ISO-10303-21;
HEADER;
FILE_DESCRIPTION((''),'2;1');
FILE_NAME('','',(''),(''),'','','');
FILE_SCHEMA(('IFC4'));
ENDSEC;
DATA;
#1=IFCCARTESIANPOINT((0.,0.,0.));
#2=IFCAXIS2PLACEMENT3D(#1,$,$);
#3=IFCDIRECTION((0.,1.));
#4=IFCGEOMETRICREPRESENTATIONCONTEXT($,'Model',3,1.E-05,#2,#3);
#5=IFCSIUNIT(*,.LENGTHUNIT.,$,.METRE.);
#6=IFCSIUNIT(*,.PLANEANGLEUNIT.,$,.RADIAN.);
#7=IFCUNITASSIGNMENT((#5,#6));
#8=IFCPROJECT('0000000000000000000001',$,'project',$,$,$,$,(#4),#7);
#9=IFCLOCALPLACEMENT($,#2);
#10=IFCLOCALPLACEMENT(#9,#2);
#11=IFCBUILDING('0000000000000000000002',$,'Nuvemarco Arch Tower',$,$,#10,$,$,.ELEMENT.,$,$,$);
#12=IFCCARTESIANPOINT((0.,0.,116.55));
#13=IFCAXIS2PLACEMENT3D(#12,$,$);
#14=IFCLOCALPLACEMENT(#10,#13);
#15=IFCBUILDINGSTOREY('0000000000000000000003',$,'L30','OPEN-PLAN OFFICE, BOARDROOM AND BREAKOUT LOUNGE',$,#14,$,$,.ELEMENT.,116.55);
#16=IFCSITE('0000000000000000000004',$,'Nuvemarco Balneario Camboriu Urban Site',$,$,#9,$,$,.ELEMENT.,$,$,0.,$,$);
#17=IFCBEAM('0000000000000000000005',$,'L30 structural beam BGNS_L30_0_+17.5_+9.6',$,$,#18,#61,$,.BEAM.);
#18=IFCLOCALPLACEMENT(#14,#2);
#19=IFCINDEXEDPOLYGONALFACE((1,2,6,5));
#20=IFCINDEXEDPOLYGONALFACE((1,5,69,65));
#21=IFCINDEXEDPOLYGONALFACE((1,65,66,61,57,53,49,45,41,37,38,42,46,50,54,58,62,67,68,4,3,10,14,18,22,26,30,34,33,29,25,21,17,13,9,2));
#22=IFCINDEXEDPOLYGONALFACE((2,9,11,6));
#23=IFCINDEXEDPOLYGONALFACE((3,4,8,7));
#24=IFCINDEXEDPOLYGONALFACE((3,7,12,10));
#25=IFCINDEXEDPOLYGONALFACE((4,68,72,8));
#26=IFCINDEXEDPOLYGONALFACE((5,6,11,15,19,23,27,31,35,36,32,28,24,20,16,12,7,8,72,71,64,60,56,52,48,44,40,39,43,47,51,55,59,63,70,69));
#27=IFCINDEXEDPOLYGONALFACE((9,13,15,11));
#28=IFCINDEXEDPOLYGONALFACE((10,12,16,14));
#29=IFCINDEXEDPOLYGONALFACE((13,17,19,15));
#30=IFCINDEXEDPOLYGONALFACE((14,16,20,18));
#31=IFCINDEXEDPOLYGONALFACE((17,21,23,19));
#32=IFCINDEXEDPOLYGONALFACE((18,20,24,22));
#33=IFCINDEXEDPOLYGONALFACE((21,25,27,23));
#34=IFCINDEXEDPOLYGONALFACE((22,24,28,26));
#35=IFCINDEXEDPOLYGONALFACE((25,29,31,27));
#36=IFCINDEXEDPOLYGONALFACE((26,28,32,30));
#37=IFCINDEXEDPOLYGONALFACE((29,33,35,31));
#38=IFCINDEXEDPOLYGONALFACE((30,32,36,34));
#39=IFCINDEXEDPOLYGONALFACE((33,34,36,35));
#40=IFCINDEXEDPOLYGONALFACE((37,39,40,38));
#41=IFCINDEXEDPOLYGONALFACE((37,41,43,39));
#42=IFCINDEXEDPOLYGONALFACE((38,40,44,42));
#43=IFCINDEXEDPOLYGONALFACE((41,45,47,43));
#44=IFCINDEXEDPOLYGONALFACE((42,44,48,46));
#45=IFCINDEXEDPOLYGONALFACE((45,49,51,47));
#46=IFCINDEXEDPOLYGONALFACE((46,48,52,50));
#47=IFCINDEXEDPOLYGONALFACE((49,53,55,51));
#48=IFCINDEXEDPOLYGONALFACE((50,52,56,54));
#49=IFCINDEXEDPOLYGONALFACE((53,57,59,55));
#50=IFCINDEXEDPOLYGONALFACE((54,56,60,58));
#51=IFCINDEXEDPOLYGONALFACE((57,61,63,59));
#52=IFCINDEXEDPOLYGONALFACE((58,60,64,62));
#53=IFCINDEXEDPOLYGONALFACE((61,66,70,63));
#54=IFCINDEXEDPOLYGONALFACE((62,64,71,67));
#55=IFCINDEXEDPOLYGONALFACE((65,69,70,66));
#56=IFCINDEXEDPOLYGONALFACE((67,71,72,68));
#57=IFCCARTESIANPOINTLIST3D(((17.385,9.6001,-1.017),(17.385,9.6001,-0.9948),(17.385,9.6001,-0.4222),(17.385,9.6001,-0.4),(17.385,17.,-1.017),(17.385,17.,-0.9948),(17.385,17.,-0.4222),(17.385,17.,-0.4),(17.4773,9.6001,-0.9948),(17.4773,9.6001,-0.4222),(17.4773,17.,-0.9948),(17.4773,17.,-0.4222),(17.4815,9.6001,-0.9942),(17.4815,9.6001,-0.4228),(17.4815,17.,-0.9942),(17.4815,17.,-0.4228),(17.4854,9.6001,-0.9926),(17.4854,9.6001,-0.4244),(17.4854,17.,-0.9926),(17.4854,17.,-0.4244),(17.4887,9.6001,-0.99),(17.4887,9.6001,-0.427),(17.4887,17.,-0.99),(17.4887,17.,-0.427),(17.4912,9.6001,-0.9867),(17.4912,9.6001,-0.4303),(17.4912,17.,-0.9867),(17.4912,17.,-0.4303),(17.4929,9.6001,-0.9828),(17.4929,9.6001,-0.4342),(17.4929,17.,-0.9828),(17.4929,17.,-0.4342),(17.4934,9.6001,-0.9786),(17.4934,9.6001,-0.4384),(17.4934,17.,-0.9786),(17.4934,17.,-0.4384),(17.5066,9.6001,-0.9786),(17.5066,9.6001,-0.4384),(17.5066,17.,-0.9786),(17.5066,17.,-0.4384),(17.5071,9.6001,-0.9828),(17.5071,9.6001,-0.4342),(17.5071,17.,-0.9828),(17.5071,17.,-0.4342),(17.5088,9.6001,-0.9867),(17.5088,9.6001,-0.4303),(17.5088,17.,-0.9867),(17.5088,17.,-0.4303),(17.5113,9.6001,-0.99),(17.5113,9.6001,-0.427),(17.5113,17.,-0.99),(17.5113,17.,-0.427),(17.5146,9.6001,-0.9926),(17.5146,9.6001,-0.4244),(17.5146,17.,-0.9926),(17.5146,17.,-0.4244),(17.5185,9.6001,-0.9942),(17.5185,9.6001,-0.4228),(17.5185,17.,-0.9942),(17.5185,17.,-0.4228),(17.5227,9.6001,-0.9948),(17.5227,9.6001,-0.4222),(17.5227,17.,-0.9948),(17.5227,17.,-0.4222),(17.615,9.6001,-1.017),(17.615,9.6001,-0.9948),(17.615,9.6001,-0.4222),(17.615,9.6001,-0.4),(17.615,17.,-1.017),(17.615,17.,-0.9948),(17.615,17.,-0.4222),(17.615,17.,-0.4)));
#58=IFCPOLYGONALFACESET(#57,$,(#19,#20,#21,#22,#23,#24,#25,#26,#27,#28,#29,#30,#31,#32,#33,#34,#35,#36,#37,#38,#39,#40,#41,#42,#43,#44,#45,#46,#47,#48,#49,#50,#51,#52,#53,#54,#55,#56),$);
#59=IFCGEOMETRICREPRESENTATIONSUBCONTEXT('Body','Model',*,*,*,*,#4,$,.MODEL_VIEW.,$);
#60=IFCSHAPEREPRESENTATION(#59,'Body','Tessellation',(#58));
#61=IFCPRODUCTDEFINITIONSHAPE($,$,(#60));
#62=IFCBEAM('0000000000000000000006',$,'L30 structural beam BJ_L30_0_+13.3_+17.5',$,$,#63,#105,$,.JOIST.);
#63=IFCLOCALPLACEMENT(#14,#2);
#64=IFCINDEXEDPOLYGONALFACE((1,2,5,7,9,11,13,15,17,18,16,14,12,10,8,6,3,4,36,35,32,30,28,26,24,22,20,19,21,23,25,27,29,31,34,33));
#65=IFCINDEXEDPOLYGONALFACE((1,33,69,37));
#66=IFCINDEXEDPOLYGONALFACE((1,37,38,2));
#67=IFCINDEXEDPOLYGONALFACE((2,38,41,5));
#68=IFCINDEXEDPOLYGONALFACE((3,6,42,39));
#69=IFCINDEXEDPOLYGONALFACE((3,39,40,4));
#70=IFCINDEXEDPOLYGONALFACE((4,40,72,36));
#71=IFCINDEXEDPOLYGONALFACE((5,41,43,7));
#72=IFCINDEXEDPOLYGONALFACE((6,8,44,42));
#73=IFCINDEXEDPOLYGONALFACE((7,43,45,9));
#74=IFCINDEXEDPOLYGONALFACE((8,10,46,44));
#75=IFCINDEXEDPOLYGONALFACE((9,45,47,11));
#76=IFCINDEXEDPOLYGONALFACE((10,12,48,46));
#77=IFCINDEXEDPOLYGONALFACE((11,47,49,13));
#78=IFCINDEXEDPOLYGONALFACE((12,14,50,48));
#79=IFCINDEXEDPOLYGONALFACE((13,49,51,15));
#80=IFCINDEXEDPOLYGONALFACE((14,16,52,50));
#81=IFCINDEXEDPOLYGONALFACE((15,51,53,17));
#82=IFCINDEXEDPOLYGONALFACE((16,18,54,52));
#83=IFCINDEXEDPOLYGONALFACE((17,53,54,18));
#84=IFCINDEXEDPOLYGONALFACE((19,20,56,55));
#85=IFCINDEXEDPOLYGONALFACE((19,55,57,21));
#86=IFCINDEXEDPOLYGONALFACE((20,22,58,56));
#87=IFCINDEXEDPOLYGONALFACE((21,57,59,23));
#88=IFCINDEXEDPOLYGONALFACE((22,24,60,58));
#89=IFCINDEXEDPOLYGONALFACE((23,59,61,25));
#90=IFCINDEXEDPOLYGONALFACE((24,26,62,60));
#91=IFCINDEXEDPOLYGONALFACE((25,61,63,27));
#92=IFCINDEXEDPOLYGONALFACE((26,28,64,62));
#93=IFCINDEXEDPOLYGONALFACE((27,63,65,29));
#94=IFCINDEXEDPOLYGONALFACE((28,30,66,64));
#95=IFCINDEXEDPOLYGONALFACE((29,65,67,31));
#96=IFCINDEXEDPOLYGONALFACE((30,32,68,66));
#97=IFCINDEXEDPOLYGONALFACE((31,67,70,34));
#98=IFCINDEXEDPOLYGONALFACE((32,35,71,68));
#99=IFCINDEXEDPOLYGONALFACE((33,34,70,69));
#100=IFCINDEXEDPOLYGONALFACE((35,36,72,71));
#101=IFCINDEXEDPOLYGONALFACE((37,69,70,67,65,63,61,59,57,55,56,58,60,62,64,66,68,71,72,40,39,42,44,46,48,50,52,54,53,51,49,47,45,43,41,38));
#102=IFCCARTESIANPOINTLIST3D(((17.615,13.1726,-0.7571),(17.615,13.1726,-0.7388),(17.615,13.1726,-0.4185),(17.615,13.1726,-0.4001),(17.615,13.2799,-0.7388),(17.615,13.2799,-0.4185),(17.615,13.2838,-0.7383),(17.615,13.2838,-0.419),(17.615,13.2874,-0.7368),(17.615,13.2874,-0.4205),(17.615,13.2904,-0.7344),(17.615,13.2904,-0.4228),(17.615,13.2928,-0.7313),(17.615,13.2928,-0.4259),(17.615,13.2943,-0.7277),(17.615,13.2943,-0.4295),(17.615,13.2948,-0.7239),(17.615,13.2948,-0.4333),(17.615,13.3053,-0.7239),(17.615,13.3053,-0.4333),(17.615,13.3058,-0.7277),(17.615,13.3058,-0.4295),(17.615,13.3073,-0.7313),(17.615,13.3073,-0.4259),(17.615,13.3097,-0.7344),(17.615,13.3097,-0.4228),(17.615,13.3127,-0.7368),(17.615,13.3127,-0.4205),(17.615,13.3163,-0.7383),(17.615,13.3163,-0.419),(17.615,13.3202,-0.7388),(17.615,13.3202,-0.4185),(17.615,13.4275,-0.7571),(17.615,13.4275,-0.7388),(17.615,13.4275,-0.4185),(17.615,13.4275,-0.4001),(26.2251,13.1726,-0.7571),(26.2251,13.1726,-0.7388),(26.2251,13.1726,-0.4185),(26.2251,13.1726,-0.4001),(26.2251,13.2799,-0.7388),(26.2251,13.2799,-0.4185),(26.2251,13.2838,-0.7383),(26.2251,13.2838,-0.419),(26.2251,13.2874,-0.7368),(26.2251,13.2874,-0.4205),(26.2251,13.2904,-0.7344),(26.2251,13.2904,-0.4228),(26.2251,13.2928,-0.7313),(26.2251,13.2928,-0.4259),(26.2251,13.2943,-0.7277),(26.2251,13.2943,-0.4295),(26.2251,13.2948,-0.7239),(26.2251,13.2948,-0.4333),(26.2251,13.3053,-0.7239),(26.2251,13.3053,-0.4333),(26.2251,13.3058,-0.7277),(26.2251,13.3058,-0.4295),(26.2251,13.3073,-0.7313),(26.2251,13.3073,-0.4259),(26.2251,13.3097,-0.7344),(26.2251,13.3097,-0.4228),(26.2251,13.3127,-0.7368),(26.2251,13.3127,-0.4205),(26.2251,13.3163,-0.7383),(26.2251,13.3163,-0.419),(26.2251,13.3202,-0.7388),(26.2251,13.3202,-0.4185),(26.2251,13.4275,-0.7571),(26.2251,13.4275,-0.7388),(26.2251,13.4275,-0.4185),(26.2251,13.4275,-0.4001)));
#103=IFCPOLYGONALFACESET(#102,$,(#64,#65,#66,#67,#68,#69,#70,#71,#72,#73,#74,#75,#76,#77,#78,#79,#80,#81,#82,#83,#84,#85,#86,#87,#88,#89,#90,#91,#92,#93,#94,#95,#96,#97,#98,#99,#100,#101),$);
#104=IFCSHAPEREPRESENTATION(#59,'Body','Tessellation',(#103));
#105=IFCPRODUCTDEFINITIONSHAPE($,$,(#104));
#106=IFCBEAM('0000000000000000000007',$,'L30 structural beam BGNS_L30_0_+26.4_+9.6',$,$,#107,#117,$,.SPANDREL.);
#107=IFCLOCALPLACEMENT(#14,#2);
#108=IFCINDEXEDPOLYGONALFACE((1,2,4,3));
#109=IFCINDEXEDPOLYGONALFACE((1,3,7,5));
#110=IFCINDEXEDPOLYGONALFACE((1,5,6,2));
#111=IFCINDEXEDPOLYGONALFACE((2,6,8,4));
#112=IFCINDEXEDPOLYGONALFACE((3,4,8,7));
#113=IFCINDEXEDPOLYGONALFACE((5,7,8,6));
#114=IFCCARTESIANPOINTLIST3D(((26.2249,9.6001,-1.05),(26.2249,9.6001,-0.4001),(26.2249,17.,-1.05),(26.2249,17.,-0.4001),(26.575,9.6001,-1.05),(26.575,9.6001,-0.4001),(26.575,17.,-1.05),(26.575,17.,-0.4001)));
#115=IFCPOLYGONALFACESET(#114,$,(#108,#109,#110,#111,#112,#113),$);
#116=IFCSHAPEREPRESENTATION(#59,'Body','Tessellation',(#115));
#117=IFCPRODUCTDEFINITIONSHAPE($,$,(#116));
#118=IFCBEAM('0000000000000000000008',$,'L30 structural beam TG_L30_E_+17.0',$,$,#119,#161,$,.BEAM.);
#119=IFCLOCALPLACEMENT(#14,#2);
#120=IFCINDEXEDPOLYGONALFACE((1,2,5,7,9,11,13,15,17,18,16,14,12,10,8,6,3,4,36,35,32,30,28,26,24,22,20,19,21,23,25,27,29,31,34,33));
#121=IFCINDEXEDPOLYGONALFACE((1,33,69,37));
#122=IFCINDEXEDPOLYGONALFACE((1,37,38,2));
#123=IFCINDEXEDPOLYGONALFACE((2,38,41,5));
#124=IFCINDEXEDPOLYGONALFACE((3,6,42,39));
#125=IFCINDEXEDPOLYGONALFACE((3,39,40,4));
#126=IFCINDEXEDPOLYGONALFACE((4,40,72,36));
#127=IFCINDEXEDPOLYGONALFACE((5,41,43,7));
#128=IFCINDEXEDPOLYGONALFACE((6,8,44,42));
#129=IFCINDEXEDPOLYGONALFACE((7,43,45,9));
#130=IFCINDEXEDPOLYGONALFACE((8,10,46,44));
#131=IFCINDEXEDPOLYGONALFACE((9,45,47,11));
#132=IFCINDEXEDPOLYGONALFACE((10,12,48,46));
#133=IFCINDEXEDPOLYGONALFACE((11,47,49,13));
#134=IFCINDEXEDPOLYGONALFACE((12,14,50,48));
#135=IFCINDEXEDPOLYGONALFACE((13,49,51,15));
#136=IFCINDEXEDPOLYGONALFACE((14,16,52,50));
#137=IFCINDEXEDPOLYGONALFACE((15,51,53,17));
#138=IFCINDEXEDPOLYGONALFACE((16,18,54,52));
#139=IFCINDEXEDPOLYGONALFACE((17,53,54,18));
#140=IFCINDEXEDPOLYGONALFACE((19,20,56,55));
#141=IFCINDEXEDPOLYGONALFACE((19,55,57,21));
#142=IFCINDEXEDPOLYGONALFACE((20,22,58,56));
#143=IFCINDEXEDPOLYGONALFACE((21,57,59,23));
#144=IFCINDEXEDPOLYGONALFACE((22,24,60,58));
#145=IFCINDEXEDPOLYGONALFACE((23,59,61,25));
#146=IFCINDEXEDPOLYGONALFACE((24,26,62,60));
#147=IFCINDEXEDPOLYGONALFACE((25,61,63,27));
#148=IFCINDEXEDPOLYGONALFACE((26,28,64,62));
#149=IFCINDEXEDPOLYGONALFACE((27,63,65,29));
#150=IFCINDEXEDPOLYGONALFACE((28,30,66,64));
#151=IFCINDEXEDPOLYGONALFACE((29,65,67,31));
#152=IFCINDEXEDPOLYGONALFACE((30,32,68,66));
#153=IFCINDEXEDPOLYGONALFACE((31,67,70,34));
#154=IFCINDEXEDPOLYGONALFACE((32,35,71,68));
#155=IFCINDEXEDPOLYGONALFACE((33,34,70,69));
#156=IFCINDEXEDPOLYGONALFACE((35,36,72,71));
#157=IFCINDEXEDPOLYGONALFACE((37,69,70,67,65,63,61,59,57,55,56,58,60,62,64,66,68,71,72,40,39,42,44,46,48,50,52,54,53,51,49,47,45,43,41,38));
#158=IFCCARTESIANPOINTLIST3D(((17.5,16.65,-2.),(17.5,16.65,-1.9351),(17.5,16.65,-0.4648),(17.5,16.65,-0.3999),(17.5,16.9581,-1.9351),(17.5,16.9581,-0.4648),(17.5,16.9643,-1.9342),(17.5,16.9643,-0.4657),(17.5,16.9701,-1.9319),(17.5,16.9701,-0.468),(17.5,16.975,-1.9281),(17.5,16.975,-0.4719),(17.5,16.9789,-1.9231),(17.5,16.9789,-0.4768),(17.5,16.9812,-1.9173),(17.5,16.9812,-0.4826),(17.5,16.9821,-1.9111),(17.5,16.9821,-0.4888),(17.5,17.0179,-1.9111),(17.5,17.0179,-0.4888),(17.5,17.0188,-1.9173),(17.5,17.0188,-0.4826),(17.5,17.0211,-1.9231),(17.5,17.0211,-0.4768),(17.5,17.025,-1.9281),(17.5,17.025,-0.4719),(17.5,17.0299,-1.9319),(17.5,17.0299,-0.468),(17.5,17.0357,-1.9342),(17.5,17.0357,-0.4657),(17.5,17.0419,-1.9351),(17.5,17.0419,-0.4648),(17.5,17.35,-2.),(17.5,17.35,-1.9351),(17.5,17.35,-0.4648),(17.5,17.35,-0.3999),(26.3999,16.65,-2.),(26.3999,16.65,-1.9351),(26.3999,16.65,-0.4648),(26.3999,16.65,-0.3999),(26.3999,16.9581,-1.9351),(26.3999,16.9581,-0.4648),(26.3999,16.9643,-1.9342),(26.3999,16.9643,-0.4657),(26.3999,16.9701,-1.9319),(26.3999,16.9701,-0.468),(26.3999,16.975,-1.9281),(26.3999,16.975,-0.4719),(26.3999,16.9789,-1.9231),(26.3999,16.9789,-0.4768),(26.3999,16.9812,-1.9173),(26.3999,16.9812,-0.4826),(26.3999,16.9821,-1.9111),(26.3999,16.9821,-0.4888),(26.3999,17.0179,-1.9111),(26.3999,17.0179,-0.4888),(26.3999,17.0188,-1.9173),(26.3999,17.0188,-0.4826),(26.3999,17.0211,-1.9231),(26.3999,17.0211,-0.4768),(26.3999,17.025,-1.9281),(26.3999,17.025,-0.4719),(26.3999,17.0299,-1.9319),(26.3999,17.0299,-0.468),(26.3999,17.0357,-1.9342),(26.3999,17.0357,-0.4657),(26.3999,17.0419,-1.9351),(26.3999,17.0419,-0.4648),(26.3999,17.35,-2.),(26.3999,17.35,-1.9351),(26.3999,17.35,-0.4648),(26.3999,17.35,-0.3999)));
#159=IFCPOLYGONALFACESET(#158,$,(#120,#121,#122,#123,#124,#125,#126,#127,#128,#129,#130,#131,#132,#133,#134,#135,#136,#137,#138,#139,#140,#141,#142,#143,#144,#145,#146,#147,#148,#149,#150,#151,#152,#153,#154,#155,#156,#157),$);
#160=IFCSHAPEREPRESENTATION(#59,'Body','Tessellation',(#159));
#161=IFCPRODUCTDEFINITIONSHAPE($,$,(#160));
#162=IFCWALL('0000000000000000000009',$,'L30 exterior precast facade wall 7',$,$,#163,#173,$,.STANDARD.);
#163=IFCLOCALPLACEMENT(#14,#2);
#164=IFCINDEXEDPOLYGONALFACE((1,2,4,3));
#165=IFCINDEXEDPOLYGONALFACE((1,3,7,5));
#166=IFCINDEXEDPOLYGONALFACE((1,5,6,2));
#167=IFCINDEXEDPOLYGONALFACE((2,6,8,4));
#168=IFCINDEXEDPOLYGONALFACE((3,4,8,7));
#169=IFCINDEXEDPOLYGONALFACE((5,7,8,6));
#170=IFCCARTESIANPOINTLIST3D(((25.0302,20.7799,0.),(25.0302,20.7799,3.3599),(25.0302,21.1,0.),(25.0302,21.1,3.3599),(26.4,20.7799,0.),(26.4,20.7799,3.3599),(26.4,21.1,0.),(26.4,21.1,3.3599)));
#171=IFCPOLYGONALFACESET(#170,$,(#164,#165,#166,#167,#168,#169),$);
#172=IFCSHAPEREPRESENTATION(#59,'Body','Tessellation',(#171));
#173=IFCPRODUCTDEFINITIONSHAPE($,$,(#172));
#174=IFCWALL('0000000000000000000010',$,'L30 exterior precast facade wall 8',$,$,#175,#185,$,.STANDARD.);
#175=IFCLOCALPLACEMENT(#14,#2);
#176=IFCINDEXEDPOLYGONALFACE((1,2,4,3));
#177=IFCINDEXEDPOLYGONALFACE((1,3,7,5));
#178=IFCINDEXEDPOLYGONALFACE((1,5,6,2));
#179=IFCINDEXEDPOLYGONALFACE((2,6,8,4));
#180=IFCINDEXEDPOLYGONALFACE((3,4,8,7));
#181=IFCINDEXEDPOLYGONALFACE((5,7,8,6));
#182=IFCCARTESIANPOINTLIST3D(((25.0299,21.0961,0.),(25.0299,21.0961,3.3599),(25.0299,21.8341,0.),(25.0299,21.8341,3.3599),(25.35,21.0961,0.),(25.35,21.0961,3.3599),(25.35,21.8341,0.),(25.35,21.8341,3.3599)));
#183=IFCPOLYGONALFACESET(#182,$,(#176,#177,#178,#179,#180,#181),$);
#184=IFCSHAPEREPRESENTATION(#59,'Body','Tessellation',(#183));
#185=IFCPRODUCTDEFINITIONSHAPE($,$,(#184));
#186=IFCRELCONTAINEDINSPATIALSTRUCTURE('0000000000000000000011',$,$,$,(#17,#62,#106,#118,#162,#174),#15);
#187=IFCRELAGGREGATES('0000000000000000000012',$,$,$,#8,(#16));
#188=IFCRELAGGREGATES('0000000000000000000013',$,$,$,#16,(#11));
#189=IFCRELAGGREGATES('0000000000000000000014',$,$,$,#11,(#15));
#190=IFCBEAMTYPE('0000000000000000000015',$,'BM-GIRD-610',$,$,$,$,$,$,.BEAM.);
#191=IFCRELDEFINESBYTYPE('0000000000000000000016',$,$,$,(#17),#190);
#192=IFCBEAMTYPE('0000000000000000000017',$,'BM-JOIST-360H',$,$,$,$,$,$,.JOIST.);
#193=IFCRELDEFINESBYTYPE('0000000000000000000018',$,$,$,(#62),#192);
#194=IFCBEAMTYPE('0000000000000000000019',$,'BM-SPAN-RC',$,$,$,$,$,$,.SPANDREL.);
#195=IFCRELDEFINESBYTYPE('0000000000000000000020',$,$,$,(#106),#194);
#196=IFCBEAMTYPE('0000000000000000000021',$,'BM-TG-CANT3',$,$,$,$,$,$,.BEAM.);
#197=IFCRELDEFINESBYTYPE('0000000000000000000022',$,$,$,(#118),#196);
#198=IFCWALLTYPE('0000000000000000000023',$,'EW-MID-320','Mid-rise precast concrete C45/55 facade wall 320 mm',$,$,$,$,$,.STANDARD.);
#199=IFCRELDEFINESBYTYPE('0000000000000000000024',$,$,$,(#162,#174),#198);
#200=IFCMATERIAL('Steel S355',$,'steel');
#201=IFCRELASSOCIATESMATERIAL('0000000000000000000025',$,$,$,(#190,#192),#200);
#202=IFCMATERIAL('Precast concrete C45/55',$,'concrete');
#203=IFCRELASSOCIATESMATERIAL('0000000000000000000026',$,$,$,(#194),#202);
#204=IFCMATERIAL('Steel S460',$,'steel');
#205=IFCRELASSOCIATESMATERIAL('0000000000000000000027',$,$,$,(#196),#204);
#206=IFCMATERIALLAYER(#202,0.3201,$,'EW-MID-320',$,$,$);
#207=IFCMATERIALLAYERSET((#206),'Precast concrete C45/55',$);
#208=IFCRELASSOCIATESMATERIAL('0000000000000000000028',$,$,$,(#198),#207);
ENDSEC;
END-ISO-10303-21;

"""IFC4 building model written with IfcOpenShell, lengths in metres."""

from ifc_helpers import new_model, si_unit, direction, frame, frame_2d, origin, origin_2d, place, context, subcontext, project, spatial, rectangle, i_section, extrude, material, layer, layer_set, material_profile, profile_set, type_object, element, save


model = new_model("IFC4")

# Units and contexts
model_context = context("Model", 3, precision=1e-05, world=origin(), true_north=direction((0.0, 1.0)))
body_context = subcontext(model_context, "Body", "Model", "MODEL_VIEW")
ifc_project = project(units=[si_unit("LENGTHUNIT", "METRE"), si_unit("PLANEANGLEUNIT", "RADIAN")], contexts=[model_context])

# Site, building, storey
site_placement = place(None, origin())
site = spatial("IfcSite", under=ifc_project, at=site_placement, Name="Nuvemarco Balneario Camboriu Urban Site", CompositionType="ELEMENT", RefElevation=0.0)
building_placement = place(site_placement, origin())
building = spatial("IfcBuilding", under=site, at=building_placement, Name="Nuvemarco Arch Tower", CompositionType="ELEMENT")
storey_placement = place(building_placement, frame((0.0, 0.0, 116.55)))
storey = spatial("IfcBuildingStorey", under=building, at=storey_placement, Name="L30", Description="OPEN-PLAN OFFICE, BOARDROOM AND BREAKOUT LOUNGE", CompositionType="ELEMENT", Elevation=116.55)

# Shared definitions
ifc_material_1 = material(Name="Steel S355", Category="steel")

# Beams
ifc_material_profile_1 = material_profile(ifc_material_1, i_section(OverallWidth=0.23, OverallDepth=0.6169, WebThickness=0.0132, FlangeThickness=0.0222, FilletRadius=0.0161, at=origin_2d()), Name="W610x140")
ifc_profile_set_1 = profile_set([ifc_material_profile_1], Name="Steel S355")
beam_type_1 = type_object("IfcBeamType", Name="BM-GIRD-610", PredefinedType="BEAM", material=ifc_profile_set_1)
beam_1_placement = place(storey_placement, frame((17.5, 9.6001, -0.7085), z_axis=(0.0, 1.0, 0.0), x_axis=(-1.0, 0.0, 0.0)))
element("IfcBeam", 1, at=beam_1_placement, inside=storey, type_object=beam_type_1, Name="L30 structural beam BGNS_L30_0_+17.5_+9.6", PredefinedType="BEAM", context=body_context, shape_type="SweptSolid", body=[
    extrude(i_section(OverallWidth=0.23, OverallDepth=0.6169, WebThickness=0.0132, FlangeThickness=0.0222, FilletRadius=0.0161, at=origin_2d()), origin(), (0.0, 0.0, 1.0), 7.3999),
])
ifc_material_profile_2 = material_profile(ifc_material_1, i_section(OverallWidth=0.2549, OverallDepth=0.3569, WebThickness=0.0105, FlangeThickness=0.0183, FilletRadius=0.0149, at=origin_2d()), Name="W360x101")
ifc_profile_set_2 = profile_set([ifc_material_profile_2], Name="Steel S355")
beam_type_2 = type_object("IfcBeamType", Name="BM-JOIST-360H", PredefinedType="JOIST", material=ifc_profile_set_2)
beam_2_placement = place(storey_placement, frame((17.615, 13.3, -0.5786), z_axis=(1.0, 0.0, 0.0), x_axis=(0.0, 1.0, 0.0)))
element("IfcBeam", 2, at=beam_2_placement, inside=storey, type_object=beam_type_2, Name="L30 structural beam BJ_L30_0_+13.3_+17.5", PredefinedType="JOIST", context=body_context, shape_type="SweptSolid", body=[
    extrude(i_section(OverallWidth=0.2549, OverallDepth=0.3569, WebThickness=0.0105, FlangeThickness=0.0183, FilletRadius=0.0149, at=origin_2d()), origin(), (0.0, 0.0, 1.0), 8.6101),
])
ifc_material_2 = material(Name="Precast concrete C45/55", Category="concrete")
ifc_material_profile_3 = material_profile(ifc_material_2, rectangle(XDim=0.3501, YDim=0.6499, at=origin_2d()), Name="PC-SP-350x650")
ifc_profile_set_3 = profile_set([ifc_material_profile_3], Name="Precast concrete C45/55")
beam_type_3 = type_object("IfcBeamType", Name="BM-SPAN-RC", PredefinedType="SPANDREL", material=ifc_profile_set_3)
beam_3_placement = place(storey_placement, frame((26.3999, 9.6001, -0.7251), z_axis=(0.0, 1.0, 0.0), x_axis=(-1.0, 0.0, 0.0)))
element("IfcBeam", 3, at=beam_3_placement, inside=storey, type_object=beam_type_3, Name="L30 structural beam BGNS_L30_0_+26.4_+9.6", PredefinedType="SPANDREL", context=body_context, shape_type="SweptSolid", body=[
    extrude(rectangle(XDim=0.3501, YDim=0.6499, at=origin_2d()), origin(), (0.0, 0.0, 1.0), 7.3999),
])
ifc_material_3 = material(Name="Steel S460", Category="steel")
ifc_material_profile_4 = material_profile(ifc_material_3, i_section(OverallWidth=0.7, OverallDepth=1.6001, WebThickness=0.0359, FlangeThickness=0.0649, FilletRadius=0.0239, at=origin_2d()), Name="PG1600x700")
ifc_profile_set_4 = profile_set([ifc_material_profile_4], Name="Steel S460")
beam_type_4 = type_object("IfcBeamType", Name="BM-TG-CANT3", PredefinedType="BEAM", material=ifc_profile_set_4)
beam_4_placement = place(storey_placement, frame((17.5, 17.0, -1.2), z_axis=(1.0, 0.0, 0.0), x_axis=(0.0, 1.0, 0.0)))
element("IfcBeam", 4, at=beam_4_placement, inside=storey, type_object=beam_type_4, Name="L30 structural beam TG_L30_E_+17.0", PredefinedType="BEAM", context=body_context, shape_type="SweptSolid", body=[
    extrude(i_section(OverallWidth=0.7, OverallDepth=1.6001, WebThickness=0.0359, FlangeThickness=0.0649, FilletRadius=0.0239, at=origin_2d()), origin(), (0.0, 0.0, 1.0), 8.8999),
])

# Walls
ifc_layer_1 = layer(ifc_material_2, 0.3201, Name="EW-MID-320")
ifc_layer_set_1 = layer_set([ifc_layer_1], Name="Precast concrete C45/55")
wall_type_1 = type_object("IfcWallType", Name="EW-MID-320", Description="Mid-rise precast concrete C45/55 facade wall 320 mm", PredefinedType="STANDARD", material=ifc_layer_set_1)
wall_1_placement = place(storey_placement, frame((25.03, 20.9399, 0.0), z_axis=(0.0, 0.0, 1.0), x_axis=(1.0, 0.0, 0.0)))
element("IfcWall", 5, at=wall_1_placement, inside=storey, type_object=wall_type_1, Name="L30 exterior precast facade wall 7", PredefinedType="STANDARD", context=body_context, shape_type="SweptSolid", body=[
    extrude(rectangle(XDim=1.3699, YDim=0.3201, at=frame_2d((0.6851, 0.0))), origin(), (0.0, 0.0, 1.0), 3.3599),
])
wall_2_placement = place(storey_placement, frame((25.1899, 21.0959, 0.0), z_axis=(0.0, 0.0, 1.0), x_axis=(0.0, 1.0, 0.0)))
element("IfcWall", 6, at=wall_2_placement, inside=storey, type_object=wall_type_1, Name="L30 exterior precast facade wall 8", PredefinedType="STANDARD", context=body_context, shape_type="SweptSolid", body=[
    extrude(rectangle(XDim=0.738, YDim=0.3201, at=frame_2d((0.3691, 0.0))), origin(), (0.0, 0.0, 1.0), 3.3599),
])

save(model, "model.ifc")
